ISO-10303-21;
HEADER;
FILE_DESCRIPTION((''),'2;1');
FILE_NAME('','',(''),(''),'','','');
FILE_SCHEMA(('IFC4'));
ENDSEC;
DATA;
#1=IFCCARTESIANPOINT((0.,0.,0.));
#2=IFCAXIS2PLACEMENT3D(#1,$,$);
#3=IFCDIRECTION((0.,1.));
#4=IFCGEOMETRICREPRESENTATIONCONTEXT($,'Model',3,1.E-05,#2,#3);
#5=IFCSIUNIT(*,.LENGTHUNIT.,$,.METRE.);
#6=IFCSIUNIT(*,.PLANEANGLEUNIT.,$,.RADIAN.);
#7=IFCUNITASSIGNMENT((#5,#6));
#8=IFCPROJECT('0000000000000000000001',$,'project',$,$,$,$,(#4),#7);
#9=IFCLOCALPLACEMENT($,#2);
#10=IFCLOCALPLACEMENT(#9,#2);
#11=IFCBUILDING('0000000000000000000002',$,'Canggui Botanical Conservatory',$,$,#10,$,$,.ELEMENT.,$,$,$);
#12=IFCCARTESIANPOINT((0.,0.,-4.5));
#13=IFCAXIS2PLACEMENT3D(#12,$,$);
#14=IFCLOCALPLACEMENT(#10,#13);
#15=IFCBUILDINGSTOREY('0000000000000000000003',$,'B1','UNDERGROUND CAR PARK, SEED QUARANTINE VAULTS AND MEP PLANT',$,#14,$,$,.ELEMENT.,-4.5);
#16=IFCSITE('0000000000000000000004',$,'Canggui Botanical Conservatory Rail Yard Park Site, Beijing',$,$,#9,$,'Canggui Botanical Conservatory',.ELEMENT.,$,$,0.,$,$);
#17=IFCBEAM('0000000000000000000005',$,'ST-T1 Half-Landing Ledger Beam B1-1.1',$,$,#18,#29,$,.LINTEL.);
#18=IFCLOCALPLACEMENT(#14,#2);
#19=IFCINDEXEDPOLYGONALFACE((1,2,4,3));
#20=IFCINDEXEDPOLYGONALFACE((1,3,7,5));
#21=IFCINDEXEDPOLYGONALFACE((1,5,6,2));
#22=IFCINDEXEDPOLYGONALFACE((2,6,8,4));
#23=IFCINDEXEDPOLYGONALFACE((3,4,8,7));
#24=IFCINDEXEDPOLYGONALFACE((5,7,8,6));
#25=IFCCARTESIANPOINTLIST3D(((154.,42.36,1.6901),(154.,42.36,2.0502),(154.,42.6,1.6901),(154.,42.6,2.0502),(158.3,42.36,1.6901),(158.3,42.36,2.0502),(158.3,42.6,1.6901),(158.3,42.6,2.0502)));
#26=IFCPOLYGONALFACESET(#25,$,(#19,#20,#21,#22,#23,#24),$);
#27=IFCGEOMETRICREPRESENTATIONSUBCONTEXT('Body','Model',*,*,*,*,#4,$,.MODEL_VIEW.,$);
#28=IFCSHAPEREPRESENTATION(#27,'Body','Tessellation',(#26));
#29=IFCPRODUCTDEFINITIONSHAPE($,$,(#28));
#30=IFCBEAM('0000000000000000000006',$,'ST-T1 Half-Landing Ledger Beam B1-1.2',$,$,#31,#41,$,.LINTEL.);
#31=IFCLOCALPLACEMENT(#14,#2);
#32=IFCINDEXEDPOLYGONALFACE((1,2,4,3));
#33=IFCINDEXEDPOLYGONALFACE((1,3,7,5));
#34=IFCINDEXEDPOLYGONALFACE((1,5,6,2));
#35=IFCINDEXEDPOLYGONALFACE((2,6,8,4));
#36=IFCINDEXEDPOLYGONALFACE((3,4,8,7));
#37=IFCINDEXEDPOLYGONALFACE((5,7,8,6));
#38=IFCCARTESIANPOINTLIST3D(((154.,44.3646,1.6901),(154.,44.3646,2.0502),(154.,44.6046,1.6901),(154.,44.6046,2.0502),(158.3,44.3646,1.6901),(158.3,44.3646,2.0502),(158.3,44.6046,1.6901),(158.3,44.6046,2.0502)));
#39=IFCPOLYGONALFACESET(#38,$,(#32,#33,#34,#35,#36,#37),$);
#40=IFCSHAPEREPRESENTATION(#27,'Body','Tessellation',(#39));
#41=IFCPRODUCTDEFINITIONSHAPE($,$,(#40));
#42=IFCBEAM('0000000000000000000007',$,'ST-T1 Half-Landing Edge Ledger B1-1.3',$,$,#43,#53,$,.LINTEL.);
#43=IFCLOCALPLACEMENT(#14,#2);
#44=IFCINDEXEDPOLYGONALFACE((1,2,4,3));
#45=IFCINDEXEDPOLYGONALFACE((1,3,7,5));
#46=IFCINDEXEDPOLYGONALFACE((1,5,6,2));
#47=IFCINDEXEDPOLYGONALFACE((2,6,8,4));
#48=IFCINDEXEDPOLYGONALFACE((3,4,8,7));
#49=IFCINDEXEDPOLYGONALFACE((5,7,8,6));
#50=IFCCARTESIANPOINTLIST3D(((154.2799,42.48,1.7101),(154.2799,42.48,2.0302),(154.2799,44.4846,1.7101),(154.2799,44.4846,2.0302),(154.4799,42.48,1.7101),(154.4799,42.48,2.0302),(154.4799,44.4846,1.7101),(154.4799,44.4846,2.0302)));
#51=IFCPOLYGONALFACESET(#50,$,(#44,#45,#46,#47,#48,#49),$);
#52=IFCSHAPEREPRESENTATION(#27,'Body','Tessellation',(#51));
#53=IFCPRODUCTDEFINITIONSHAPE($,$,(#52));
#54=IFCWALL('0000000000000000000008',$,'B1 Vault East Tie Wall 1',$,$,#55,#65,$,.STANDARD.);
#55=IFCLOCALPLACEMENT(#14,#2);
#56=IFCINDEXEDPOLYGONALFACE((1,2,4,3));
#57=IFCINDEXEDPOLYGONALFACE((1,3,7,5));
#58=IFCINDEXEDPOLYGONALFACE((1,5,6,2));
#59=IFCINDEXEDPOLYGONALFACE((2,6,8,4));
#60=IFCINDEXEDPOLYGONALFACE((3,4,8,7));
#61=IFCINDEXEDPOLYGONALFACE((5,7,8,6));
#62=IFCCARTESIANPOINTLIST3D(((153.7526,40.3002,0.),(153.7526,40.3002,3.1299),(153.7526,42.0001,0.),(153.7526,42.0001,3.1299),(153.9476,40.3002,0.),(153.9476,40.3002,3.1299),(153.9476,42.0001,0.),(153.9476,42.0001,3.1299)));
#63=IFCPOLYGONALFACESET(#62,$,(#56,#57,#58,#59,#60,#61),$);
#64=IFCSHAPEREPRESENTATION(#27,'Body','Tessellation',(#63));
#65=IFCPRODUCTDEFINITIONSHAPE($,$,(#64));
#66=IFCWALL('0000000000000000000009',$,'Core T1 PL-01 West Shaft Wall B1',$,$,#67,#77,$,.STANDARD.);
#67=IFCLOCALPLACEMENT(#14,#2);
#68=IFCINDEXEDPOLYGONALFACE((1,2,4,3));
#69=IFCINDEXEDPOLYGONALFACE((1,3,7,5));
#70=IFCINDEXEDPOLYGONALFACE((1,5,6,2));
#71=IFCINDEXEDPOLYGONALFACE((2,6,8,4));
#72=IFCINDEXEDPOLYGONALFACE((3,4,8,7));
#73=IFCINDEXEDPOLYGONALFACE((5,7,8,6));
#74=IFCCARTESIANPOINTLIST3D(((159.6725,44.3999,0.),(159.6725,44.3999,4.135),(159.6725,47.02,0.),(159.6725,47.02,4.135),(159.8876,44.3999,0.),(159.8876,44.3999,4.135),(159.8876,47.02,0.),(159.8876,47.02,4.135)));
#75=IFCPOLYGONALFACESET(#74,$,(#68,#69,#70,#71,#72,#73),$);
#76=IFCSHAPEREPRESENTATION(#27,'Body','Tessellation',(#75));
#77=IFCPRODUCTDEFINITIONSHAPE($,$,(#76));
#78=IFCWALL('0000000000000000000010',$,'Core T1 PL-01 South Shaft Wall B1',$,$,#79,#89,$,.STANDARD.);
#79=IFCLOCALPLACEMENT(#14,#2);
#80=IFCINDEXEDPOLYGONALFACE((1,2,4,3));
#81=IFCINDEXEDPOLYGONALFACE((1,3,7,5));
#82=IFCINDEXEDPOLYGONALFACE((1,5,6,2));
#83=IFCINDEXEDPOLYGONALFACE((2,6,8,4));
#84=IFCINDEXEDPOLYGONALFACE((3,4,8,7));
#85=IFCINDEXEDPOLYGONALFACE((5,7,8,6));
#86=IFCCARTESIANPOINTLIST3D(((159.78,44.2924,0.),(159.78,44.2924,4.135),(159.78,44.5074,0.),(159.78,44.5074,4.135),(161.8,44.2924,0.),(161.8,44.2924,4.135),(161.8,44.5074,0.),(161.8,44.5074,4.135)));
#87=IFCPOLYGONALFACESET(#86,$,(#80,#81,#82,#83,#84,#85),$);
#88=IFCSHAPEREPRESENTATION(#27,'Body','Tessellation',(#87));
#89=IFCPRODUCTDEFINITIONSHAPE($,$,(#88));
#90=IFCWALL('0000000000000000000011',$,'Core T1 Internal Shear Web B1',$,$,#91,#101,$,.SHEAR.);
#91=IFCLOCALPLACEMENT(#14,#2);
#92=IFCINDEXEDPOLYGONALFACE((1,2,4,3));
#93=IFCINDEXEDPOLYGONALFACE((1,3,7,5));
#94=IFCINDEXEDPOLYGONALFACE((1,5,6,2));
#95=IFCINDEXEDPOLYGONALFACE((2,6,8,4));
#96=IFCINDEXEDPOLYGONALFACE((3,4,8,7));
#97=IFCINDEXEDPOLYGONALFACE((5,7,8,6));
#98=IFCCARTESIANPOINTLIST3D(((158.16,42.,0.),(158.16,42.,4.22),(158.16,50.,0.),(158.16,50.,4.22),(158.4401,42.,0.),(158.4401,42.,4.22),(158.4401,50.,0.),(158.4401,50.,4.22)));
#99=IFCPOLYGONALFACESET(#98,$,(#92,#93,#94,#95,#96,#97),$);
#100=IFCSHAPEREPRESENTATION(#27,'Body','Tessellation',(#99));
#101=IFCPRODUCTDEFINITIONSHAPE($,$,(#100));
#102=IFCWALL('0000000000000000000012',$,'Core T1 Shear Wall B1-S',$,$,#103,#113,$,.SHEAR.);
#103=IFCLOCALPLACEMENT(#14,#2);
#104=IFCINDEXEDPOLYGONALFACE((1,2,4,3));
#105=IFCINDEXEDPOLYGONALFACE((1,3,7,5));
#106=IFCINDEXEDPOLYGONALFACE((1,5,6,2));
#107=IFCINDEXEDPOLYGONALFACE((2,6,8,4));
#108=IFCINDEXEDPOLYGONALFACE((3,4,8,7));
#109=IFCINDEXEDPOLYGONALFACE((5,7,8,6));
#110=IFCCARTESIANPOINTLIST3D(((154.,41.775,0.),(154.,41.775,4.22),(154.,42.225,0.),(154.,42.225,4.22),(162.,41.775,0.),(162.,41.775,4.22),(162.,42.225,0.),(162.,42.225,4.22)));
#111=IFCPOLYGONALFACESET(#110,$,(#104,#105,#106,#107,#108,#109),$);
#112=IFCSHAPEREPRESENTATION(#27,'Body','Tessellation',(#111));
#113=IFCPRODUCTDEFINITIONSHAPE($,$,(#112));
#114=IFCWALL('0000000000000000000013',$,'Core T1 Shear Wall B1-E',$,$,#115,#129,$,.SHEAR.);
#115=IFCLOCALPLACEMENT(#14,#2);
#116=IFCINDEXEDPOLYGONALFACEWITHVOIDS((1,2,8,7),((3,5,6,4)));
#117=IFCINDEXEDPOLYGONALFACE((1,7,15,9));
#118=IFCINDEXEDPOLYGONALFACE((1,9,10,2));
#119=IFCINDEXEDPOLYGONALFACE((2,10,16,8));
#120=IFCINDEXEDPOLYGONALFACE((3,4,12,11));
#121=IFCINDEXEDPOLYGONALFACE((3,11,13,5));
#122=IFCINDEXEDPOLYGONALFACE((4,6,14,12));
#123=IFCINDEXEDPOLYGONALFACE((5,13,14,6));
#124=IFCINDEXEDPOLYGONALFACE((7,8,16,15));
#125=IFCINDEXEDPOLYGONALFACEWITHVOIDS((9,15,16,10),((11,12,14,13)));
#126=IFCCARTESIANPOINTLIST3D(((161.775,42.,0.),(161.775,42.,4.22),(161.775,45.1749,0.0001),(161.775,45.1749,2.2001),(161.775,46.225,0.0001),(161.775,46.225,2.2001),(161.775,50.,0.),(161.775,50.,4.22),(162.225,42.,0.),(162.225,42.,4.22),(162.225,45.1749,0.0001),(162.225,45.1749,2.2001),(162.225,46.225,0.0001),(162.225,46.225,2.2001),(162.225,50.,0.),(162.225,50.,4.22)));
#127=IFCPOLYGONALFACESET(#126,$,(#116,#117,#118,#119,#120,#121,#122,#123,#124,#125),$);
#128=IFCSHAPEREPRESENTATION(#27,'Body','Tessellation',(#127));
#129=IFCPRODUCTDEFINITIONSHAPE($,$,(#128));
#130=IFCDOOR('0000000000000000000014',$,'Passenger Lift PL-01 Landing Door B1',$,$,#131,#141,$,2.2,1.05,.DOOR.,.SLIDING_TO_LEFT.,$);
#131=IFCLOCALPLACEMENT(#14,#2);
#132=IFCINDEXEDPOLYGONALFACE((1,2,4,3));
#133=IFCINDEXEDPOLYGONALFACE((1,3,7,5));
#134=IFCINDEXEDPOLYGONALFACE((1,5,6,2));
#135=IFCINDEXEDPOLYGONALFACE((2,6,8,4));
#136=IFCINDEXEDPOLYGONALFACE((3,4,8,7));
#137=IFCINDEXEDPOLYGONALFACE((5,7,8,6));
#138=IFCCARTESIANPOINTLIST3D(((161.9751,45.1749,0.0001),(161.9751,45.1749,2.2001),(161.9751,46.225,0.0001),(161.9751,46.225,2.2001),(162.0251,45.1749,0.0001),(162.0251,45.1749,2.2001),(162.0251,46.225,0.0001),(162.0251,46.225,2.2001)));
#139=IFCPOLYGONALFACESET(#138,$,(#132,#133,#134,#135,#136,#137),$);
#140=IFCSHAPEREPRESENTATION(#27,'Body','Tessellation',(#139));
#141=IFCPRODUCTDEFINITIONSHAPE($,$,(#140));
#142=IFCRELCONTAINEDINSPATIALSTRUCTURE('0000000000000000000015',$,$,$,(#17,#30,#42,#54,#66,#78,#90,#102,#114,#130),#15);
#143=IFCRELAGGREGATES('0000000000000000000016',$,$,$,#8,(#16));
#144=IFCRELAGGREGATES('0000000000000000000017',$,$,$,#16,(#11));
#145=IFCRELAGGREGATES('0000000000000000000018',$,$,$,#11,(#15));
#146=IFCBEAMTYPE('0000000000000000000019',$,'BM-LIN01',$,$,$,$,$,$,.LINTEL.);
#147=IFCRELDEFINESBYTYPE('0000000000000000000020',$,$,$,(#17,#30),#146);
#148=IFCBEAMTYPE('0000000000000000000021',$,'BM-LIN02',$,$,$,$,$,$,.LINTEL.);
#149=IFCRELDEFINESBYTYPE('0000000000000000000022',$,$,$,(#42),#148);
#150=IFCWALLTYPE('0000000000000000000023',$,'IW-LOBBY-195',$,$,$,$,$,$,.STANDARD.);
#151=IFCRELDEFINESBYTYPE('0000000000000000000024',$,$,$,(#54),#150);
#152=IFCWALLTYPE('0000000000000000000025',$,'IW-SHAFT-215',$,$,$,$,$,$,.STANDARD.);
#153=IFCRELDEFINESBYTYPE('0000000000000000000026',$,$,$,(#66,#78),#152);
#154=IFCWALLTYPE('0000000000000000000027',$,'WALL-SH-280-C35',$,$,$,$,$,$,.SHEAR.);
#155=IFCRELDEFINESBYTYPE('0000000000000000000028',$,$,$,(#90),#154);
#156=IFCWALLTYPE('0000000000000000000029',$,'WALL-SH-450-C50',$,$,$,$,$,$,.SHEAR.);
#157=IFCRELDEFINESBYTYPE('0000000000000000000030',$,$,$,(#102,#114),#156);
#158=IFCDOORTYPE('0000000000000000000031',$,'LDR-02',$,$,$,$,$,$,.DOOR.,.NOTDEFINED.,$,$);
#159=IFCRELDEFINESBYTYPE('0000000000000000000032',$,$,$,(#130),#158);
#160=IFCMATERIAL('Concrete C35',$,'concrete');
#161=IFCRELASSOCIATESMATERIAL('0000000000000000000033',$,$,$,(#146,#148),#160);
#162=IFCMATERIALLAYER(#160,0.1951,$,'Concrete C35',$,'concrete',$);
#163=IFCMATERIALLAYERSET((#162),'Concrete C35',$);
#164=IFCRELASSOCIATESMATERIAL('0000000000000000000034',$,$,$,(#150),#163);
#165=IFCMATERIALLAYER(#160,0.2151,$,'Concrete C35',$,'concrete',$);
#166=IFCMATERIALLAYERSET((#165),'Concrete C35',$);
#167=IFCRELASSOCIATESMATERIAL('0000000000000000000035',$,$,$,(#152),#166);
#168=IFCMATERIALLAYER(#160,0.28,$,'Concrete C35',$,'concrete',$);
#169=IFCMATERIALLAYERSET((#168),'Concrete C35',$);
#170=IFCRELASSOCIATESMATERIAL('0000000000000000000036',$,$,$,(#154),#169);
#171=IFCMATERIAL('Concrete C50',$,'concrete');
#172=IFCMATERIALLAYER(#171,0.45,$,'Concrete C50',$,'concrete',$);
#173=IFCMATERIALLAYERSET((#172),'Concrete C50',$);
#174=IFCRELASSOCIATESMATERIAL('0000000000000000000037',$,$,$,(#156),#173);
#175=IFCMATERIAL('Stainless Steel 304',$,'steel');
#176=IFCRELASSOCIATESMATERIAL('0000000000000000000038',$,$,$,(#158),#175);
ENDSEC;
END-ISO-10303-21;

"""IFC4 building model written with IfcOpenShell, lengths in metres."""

from ifc_helpers import new_model, si_unit, direction, frame, frame_2d, origin, origin_2d, place, context, subcontext, project, spatial, rectangle, extrude, material, layer, layer_set, material_profile, profile_set, type_object, element, fill, save


model = new_model("IFC4")

# Units and contexts
model_context = context("Model", 3, precision=1e-05, world=origin(), true_north=direction((0.0, 1.0)))
body_context = subcontext(model_context, "Body", "Model", "MODEL_VIEW")
ifc_project = project(units=[si_unit("LENGTHUNIT", "METRE"), si_unit("PLANEANGLEUNIT", "RADIAN")], contexts=[model_context])

# Site, building, storey
site_placement = place(None, origin())
site = spatial("IfcSite", under=ifc_project, at=site_placement, Name="Canggui Botanical Conservatory Rail Yard Park Site, Beijing", LongName="Canggui Botanical Conservatory", CompositionType="ELEMENT", RefElevation=0.0)
building_placement = place(site_placement, origin())
building = spatial("IfcBuilding", under=site, at=building_placement, Name="Canggui Botanical Conservatory", CompositionType="ELEMENT")
storey_placement = place(building_placement, frame((0.0, 0.0, -4.5)))
storey = spatial("IfcBuildingStorey", under=building, at=storey_placement, Name="B1", Description="UNDERGROUND CAR PARK, SEED QUARANTINE VAULTS AND MEP PLANT", CompositionType="ELEMENT", Elevation=-4.5)

# Shared definitions
ifc_material_1 = material(Name="Concrete C50", Category="concrete")

# Beams
ifc_material_2 = material(Name="Concrete C35", Category="concrete")
ifc_material_profile_1 = material_profile(ifc_material_2, rectangle(XDim=0.24, YDim=0.3601, at=origin_2d()), Name="RB 240x360")
ifc_profile_set_1 = profile_set([ifc_material_profile_1], Name="Concrete C35")
beam_type_1 = type_object("IfcBeamType", Name="BM-LIN01", PredefinedType="LINTEL", material=ifc_profile_set_1)
for number, where, z_axis, x_axis, name in (
    (1, (154.0, 42.48, 1.8701), (1.0, 0.0, 0.0), (0.0, 1.0, 0.0), "ST-T1 Half-Landing Ledger Beam B1-1.1"),
    (2, (154.0, 44.4846, 1.8701), (1.0, 0.0, 0.0), (0.0, 1.0, 0.0), "ST-T1 Half-Landing Ledger Beam B1-1.2"),
):
    element("IfcBeam", number, at=place(storey_placement, frame(where, z_axis=z_axis, x_axis=x_axis)), inside=storey, type_object=beam_type_1, Name=name, PredefinedType="LINTEL", context=body_context, shape_type="SweptSolid", body=[
        extrude(rectangle(XDim=0.24, YDim=0.3601, at=origin_2d()), origin(), (0.0, 0.0, 1.0), 4.3),
    ])
ifc_material_profile_2 = material_profile(ifc_material_2, rectangle(XDim=0.2, YDim=0.3201, at=origin_2d()), Name="RB 200x320")
ifc_profile_set_2 = profile_set([ifc_material_profile_2], Name="Concrete C35")
beam_type_2 = type_object("IfcBeamType", Name="BM-LIN02", PredefinedType="LINTEL", material=ifc_profile_set_2)
beam_placement = place(storey_placement, frame((154.3799, 42.48, 1.8701), z_axis=(0.0, 1.0, 0.0), x_axis=(-1.0, 0.0, 0.0)))
element("IfcBeam", 3, at=beam_placement, inside=storey, type_object=beam_type_2, Name="ST-T1 Half-Landing Edge Ledger B1-1.3", PredefinedType="LINTEL", context=body_context, shape_type="SweptSolid", body=[
    extrude(rectangle(XDim=0.2, YDim=0.3201, at=origin_2d()), origin(), (0.0, 0.0, 1.0), 2.0046),
])

# Walls
ifc_layer_1 = layer(ifc_material_2, 0.1951, Name="Concrete C35", Category="concrete")
ifc_layer_set_1 = layer_set([ifc_layer_1], Name="Concrete C35")
wall_type_1 = type_object("IfcWallType", Name="IW-LOBBY-195", PredefinedType="STANDARD", material=ifc_layer_set_1)
wall_1_placement = place(storey_placement, frame((153.8501, 40.3, 0.0), z_axis=(0.0, 0.0, 1.0), x_axis=(0.0, 1.0, 0.0)))
element("IfcWall", 4, at=wall_1_placement, inside=storey, type_object=wall_type_1, Name="B1 Vault East Tie Wall 1", PredefinedType="STANDARD", context=body_context, shape_type="SweptSolid", body=[
    extrude(rectangle(XDim=1.7, YDim=0.1951, at=frame_2d((0.8501, 0.0))), origin(), (0.0, 0.0, 1.0), 3.1299),
])
ifc_layer_2 = layer(ifc_material_2, 0.2151, Name="Concrete C35", Category="concrete")
ifc_layer_set_2 = layer_set([ifc_layer_2], Name="Concrete C35")
wall_type_2 = type_object("IfcWallType", Name="IW-SHAFT-215", PredefinedType="STANDARD", material=ifc_layer_set_2)
wall_2_placement = place(storey_placement, frame((159.78, 44.3999, 0.0), z_axis=(0.0, 0.0, 1.0), x_axis=(0.0, 1.0, 0.0)))
element("IfcWall", 5, at=wall_2_placement, inside=storey, type_object=wall_type_2, Name="Core T1 PL-01 West Shaft Wall B1", PredefinedType="STANDARD", context=body_context, shape_type="SweptSolid", body=[
    extrude(rectangle(XDim=2.6201, YDim=0.2151, at=frame_2d((1.3101, 0.0))), origin(), (0.0, 0.0, 1.0), 4.135),
])
wall_3_placement = place(storey_placement, frame((159.78, 44.3999, 0.0), z_axis=(0.0, 0.0, 1.0), x_axis=(1.0, 0.0, 0.0)))
element("IfcWall", 6, at=wall_3_placement, inside=storey, type_object=wall_type_2, Name="Core T1 PL-01 South Shaft Wall B1", PredefinedType="STANDARD", context=body_context, shape_type="SweptSolid", body=[
    extrude(rectangle(XDim=2.02, YDim=0.2151, at=frame_2d((1.01, 0.0))), origin(), (0.0, 0.0, 1.0), 4.135),
])
ifc_layer_3 = layer(ifc_material_2, 0.28, Name="Concrete C35", Category="concrete")
ifc_layer_set_3 = layer_set([ifc_layer_3], Name="Concrete C35")
wall_type_3 = type_object("IfcWallType", Name="WALL-SH-280-C35", PredefinedType="SHEAR", material=ifc_layer_set_3)
wall_4_placement = place(storey_placement, frame((158.3, 42.0, 0.0), z_axis=(0.0, 0.0, 1.0), x_axis=(0.0, 1.0, 0.0)))
element("IfcWall", 7, at=wall_4_placement, inside=storey, type_object=wall_type_3, Name="Core T1 Internal Shear Web B1", PredefinedType="SHEAR", context=body_context, shape_type="SweptSolid", body=[
    extrude(rectangle(XDim=8.0, YDim=0.28, at=frame_2d((4.0, 0.0))), origin(), (0.0, 0.0, 1.0), 4.22),
])
ifc_layer_4 = layer(ifc_material_1, 0.45, Name="Concrete C50", Category="concrete")
ifc_layer_set_4 = layer_set([ifc_layer_4], Name="Concrete C50")
wall_type_4 = type_object("IfcWallType", Name="WALL-SH-450-C50", PredefinedType="SHEAR", material=ifc_layer_set_4)
wall_5_placement = place(storey_placement, frame((154.0, 42.0, 0.0), z_axis=(0.0, 0.0, 1.0), x_axis=(1.0, 0.0, 0.0)))
element("IfcWall", 8, at=wall_5_placement, inside=storey, type_object=wall_type_4, Name="Core T1 Shear Wall B1-S", PredefinedType="SHEAR", context=body_context, shape_type="SweptSolid", body=[
    extrude(rectangle(XDim=8.0, YDim=0.45, at=frame_2d((4.0, 0.0))), origin(), (0.0, 0.0, 1.0), 4.22),
])

# Wall, opening, door
wall_6_placement = place(storey_placement, frame((162.0, 42.0, 0.0), z_axis=(0.0, 0.0, 1.0), x_axis=(0.0, 1.0, 0.0)))
wall_6 = element("IfcWall", 9, at=wall_6_placement, inside=storey, type_object=wall_type_4, Name="Core T1 Shear Wall B1-E", PredefinedType="SHEAR", context=body_context, shape_type="SweptSolid", body=[
    extrude(rectangle(XDim=8.0, YDim=0.45, at=frame_2d((4.0, 0.0))), origin(), (0.0, 0.0, 1.0), 4.22),
])
opening_placement = place(wall_6_placement, frame((3.175, 0.0, 0.0)))
opening = element("IfcOpeningElement", 10, at=opening_placement, cuts=wall_6, PredefinedType="OPENING", context=body_context, shape_type="SweptSolid", body=[
    extrude(rectangle(XDim=1.05, YDim=2.2, at=frame_2d((0.5249, 1.1001))), frame((0.0, 0.2349, 0.0), z_axis=(0.0, -1.0, 0.0), x_axis=(1.0, 0.0, 0.0)), (0.0, 0.0, 1.0), 0.47),
])
ifc_material_3 = material(Name="Stainless Steel 304", Category="steel")
door_type = type_object("IfcDoorType", Name="LDR-02", OperationType="NOTDEFINED", PredefinedType="DOOR", material=ifc_material_3)
door_placement = place(opening_placement, origin())
door = element("IfcDoor", 11, at=door_placement, inside=storey, type_object=door_type, Name="Passenger Lift PL-01 Landing Door B1", OperationType="SLIDING_TO_LEFT", OverallHeight=2.2, OverallWidth=1.05, PredefinedType="DOOR", context=body_context, shape_type="SweptSolid", body=[
    extrude(rectangle(XDim=1.05, YDim=2.2, at=frame_2d((0.5249, 1.1001))), frame((0.0, 0.0249, 0.0), z_axis=(0.0, -1.0, 0.0), x_axis=(1.0, 0.0, 0.0)), (0.0, 0.0, 1.0), 0.05),
])
fill(opening, door)

save(model, "model.ifc")
